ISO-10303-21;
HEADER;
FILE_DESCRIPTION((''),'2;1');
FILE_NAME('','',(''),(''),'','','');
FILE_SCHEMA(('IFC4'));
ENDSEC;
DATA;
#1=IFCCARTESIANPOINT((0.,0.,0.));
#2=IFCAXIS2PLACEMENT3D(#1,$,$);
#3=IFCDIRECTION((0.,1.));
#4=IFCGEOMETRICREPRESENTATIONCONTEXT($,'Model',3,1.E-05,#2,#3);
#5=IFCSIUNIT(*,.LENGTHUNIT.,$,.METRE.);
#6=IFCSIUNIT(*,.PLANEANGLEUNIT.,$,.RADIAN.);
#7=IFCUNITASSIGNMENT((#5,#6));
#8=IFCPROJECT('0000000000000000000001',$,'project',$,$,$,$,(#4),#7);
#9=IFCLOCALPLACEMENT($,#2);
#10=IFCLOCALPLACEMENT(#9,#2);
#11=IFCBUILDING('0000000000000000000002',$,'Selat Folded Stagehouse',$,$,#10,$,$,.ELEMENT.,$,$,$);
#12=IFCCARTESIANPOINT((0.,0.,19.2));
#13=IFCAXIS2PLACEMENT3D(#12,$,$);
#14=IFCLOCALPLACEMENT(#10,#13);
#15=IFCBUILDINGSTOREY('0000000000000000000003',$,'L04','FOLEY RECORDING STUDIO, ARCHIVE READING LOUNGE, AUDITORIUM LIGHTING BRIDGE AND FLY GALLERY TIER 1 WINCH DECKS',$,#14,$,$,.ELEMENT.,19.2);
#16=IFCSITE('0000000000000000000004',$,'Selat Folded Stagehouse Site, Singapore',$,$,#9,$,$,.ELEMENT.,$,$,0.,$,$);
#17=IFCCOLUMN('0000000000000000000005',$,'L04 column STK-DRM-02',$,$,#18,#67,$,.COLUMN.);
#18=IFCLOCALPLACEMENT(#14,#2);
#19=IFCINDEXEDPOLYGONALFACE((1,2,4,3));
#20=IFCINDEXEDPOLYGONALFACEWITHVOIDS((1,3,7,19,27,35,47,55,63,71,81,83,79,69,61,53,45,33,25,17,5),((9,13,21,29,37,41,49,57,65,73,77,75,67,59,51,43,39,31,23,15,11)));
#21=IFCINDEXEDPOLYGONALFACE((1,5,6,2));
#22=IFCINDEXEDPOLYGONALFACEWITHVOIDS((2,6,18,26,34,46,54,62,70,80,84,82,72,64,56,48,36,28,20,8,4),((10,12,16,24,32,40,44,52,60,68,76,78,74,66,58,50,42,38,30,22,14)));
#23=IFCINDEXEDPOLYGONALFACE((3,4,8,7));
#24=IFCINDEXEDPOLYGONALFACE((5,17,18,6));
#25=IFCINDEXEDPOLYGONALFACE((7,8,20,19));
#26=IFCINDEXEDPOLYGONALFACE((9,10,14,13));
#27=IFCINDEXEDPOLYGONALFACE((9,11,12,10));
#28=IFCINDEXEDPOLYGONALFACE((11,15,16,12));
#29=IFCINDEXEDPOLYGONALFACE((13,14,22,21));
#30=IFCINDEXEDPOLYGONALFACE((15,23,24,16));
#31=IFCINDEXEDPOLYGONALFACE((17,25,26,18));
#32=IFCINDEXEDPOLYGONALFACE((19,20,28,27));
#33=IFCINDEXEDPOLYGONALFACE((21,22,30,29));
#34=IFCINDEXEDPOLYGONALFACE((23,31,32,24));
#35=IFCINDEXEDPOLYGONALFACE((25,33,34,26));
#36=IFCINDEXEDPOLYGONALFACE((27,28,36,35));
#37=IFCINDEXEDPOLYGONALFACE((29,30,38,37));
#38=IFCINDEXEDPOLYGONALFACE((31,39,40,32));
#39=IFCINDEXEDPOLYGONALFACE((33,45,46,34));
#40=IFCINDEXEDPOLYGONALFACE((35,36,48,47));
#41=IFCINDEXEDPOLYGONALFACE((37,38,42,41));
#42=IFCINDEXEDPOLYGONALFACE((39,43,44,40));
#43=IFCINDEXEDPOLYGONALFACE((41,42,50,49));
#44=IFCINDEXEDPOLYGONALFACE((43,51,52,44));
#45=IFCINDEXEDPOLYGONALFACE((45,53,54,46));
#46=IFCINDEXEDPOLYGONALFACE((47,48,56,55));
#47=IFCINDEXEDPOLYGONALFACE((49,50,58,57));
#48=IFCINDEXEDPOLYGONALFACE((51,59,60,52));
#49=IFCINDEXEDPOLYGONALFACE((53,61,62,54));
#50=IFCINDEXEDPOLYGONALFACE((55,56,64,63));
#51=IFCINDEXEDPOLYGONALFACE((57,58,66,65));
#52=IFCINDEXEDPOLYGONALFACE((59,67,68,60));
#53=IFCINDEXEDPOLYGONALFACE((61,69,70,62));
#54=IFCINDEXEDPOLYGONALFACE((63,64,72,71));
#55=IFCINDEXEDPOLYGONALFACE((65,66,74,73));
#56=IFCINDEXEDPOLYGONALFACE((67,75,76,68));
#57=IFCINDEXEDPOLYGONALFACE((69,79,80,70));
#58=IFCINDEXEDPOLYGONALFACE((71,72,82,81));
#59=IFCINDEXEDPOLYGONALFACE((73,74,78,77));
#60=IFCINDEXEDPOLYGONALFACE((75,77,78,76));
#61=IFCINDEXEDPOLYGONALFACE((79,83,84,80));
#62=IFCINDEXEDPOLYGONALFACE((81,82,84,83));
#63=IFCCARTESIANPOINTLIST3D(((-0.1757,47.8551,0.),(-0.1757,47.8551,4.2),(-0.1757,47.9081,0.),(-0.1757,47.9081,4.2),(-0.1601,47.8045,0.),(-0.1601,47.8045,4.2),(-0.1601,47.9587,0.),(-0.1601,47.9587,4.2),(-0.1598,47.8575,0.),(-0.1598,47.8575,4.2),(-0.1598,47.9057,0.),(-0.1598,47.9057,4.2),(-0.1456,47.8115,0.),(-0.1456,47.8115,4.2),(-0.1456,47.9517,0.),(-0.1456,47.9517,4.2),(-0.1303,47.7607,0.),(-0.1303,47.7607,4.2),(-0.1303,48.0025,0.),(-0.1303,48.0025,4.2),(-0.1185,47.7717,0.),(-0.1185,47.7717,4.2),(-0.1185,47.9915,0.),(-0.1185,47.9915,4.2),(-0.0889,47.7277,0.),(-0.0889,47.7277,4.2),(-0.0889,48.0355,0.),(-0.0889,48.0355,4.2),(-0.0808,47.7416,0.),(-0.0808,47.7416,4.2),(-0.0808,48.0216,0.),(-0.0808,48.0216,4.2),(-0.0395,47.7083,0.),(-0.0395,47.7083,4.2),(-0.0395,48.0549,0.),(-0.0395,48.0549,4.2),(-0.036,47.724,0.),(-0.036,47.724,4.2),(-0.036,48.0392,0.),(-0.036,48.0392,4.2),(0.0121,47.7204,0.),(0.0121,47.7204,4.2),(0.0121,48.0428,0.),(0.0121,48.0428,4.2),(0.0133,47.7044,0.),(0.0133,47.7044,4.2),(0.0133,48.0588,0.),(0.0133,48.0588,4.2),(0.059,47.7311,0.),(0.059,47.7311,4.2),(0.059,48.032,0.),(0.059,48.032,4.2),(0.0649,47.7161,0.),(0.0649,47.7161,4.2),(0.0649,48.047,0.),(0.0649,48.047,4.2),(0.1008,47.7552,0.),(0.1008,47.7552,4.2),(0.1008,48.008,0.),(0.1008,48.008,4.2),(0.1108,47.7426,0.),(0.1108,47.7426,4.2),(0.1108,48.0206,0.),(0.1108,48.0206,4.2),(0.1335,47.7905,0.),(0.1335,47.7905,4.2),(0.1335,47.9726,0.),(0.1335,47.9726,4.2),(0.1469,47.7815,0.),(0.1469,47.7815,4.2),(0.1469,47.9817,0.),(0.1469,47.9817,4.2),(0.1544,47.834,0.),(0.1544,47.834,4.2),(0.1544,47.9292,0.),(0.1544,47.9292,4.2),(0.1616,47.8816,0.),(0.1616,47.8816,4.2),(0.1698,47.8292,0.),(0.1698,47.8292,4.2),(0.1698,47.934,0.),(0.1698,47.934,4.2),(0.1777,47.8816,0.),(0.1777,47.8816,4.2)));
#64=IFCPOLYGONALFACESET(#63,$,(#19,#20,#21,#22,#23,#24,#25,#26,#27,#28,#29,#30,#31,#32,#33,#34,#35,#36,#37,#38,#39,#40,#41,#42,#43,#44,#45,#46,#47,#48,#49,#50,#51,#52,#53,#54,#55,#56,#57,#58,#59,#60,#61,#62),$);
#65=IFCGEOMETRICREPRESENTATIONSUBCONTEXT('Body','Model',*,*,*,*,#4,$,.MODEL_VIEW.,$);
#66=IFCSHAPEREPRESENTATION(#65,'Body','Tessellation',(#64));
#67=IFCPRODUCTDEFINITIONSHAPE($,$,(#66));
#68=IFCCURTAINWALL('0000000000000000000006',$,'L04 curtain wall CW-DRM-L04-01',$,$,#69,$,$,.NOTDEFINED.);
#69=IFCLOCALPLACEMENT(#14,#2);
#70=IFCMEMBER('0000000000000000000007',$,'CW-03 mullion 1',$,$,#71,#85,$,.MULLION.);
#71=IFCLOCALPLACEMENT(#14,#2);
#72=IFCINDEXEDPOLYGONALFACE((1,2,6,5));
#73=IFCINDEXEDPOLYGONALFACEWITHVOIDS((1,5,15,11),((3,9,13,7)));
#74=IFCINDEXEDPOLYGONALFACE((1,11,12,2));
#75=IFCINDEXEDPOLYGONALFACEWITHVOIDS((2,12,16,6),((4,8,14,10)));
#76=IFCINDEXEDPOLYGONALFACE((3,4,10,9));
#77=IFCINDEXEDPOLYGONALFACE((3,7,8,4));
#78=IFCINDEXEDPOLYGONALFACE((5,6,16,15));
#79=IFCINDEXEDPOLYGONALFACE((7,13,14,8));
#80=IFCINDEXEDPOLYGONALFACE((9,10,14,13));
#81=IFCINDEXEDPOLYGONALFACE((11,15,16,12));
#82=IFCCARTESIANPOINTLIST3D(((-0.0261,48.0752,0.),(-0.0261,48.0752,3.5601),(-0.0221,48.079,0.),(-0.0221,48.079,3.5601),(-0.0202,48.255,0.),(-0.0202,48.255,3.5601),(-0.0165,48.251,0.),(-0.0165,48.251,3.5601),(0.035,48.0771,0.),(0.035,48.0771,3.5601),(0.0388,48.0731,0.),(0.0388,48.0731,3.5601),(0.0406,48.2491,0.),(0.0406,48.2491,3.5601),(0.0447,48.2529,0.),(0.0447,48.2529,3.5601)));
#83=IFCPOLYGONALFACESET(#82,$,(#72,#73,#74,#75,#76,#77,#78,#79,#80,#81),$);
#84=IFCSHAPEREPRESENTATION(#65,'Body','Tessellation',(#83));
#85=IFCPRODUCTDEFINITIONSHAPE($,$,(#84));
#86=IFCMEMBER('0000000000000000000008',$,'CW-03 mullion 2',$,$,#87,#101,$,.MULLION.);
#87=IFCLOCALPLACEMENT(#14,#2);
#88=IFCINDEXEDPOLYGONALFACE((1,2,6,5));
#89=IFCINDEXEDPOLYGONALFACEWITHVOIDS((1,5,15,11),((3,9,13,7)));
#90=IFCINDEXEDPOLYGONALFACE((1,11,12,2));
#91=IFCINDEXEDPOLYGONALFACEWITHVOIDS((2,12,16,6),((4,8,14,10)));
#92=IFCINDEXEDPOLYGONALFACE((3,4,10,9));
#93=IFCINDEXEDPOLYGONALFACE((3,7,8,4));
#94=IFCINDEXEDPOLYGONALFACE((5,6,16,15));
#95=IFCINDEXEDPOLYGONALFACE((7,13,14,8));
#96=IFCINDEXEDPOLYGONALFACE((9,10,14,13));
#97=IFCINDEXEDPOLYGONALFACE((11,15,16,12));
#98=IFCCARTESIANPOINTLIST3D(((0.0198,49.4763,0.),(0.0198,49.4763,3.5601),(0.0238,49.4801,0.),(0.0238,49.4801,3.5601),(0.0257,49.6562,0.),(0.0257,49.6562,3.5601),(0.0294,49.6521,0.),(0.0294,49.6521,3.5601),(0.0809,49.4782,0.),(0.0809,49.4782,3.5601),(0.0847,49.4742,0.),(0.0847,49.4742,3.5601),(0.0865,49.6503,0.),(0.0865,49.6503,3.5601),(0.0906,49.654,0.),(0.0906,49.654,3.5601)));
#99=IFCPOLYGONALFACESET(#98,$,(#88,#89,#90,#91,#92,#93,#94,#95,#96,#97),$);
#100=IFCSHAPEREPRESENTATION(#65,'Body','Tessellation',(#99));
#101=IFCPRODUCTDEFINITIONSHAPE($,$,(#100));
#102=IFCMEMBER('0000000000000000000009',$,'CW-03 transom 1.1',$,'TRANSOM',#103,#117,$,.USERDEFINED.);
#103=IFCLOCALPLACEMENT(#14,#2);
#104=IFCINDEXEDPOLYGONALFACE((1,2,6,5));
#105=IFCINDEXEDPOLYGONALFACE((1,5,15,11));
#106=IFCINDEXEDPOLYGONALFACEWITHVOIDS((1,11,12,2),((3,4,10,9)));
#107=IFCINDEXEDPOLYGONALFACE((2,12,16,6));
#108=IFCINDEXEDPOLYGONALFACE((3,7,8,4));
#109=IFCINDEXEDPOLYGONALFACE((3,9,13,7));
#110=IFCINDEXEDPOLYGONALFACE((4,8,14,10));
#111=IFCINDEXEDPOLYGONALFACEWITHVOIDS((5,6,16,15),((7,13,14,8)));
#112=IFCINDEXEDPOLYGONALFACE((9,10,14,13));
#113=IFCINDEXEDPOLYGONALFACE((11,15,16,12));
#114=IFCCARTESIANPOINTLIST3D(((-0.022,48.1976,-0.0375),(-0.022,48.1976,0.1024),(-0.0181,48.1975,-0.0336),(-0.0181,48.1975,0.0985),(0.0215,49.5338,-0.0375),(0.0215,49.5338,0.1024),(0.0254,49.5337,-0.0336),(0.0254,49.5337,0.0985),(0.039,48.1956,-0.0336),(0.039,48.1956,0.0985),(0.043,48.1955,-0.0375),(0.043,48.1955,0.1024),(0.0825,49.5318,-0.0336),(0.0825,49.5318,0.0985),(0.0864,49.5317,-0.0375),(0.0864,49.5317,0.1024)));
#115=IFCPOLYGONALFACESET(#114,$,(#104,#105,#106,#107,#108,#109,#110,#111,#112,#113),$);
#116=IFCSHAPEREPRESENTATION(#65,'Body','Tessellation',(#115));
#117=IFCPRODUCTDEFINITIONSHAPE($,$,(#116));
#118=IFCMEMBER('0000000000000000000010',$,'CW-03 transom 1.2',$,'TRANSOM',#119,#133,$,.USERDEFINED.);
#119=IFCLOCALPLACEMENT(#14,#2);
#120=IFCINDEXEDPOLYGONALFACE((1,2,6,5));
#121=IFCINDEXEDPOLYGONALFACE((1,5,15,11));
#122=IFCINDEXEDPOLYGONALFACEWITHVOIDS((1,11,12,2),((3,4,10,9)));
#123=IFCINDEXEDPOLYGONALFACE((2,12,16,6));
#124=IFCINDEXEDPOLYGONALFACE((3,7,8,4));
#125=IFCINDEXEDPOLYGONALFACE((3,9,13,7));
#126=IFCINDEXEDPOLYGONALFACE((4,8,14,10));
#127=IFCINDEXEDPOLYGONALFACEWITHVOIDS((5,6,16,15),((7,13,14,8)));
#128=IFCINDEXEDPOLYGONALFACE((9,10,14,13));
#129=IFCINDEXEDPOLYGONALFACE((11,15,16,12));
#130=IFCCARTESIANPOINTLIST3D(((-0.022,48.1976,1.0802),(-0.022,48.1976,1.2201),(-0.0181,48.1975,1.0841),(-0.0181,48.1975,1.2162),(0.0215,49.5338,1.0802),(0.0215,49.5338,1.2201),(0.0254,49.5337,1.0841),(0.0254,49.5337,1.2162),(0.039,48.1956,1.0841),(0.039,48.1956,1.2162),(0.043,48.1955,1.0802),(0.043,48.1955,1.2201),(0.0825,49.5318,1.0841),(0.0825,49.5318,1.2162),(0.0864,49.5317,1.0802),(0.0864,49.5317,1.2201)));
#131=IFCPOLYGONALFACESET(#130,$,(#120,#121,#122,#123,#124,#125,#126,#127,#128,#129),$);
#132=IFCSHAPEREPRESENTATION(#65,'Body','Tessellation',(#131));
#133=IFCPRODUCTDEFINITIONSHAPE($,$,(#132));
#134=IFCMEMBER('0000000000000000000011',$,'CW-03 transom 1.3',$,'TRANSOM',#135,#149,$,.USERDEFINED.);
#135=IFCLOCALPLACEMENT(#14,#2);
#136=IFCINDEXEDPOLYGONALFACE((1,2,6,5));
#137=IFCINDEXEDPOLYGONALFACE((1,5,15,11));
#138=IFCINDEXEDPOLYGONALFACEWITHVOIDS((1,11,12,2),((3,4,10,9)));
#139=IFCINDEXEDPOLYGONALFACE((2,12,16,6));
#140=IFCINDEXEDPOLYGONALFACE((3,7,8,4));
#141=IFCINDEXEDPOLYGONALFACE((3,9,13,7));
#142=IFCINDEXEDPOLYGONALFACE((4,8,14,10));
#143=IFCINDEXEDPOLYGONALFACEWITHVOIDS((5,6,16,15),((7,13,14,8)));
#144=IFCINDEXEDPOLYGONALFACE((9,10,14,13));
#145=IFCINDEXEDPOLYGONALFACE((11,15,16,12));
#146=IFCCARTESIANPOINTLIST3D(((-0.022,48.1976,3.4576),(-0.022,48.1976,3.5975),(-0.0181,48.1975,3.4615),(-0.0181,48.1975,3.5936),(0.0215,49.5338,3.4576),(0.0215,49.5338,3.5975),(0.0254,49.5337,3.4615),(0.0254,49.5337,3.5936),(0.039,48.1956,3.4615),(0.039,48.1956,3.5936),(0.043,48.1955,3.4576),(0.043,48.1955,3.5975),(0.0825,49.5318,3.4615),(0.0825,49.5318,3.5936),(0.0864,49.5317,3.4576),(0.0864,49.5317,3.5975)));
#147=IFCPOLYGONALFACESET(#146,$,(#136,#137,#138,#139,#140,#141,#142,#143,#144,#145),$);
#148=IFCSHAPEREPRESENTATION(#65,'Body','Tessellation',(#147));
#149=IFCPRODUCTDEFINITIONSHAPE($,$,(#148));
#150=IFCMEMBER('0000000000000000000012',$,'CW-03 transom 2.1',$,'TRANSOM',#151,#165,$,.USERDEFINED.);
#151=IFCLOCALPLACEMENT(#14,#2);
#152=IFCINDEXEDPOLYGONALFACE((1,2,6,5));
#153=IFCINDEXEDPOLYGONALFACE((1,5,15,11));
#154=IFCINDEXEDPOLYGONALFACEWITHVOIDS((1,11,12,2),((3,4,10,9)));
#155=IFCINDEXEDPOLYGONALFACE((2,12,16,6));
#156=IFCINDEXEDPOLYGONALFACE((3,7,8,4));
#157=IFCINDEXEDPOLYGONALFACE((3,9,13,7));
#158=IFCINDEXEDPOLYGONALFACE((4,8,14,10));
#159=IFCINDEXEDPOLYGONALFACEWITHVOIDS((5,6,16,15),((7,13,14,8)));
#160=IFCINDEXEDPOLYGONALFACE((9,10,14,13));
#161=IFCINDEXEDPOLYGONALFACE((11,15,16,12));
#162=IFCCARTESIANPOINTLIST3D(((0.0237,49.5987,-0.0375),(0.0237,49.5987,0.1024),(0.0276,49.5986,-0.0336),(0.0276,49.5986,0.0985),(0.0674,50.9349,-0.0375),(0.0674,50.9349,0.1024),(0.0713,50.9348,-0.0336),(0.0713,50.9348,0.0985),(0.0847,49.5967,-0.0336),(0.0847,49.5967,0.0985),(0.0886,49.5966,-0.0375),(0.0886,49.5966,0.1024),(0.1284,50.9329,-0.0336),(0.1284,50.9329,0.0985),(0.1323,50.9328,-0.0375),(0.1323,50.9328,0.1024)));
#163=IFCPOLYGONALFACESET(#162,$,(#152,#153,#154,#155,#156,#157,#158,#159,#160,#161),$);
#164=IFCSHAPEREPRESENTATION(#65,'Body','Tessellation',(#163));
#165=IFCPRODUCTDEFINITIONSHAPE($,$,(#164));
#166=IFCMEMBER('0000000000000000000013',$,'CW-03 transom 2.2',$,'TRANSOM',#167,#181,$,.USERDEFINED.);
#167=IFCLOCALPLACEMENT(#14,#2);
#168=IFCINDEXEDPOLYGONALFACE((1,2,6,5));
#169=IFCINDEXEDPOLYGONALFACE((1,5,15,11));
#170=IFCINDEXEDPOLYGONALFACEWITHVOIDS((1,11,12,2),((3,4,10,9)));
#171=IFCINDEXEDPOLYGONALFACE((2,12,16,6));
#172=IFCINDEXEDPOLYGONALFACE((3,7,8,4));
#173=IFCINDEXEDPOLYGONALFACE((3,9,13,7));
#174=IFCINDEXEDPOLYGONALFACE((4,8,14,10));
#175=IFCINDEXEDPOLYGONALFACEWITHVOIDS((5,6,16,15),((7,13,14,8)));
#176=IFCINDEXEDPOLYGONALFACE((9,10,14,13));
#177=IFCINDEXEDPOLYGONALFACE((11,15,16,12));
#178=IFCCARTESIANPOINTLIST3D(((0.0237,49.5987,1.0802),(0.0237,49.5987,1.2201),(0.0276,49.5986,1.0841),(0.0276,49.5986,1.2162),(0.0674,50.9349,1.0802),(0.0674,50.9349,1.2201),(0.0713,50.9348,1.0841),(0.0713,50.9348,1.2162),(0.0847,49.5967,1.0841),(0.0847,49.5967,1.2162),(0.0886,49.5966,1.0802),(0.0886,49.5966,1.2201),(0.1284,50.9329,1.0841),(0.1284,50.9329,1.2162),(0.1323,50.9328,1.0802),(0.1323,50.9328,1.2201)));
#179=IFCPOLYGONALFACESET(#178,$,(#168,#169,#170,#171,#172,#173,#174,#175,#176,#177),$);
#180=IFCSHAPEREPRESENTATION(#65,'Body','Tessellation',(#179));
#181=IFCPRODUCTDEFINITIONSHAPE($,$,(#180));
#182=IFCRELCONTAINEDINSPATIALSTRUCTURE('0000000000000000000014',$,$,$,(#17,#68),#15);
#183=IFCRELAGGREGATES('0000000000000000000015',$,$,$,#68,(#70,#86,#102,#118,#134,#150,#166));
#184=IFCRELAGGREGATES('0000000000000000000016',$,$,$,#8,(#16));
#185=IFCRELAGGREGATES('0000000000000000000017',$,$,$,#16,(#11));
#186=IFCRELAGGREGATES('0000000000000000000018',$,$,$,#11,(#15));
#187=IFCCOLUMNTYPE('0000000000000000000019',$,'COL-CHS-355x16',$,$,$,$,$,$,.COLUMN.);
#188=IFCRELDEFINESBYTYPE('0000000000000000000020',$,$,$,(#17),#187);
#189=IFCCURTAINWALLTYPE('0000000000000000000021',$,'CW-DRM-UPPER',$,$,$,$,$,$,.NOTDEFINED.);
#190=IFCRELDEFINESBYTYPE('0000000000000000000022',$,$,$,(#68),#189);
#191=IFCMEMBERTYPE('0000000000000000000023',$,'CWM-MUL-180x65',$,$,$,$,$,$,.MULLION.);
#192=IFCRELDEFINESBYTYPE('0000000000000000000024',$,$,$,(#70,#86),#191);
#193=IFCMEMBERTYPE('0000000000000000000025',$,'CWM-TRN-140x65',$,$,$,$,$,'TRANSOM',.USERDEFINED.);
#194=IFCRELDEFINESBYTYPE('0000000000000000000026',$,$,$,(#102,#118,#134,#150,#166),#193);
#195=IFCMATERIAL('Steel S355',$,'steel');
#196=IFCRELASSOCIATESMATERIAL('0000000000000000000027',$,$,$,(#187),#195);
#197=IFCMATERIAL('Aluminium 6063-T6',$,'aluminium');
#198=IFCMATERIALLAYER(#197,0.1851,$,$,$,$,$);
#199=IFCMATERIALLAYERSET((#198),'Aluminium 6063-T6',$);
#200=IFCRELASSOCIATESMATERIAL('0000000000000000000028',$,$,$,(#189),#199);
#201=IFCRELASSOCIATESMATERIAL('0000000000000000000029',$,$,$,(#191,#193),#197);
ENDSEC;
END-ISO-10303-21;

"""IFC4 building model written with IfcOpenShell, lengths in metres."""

from ifc_helpers import new_model, si_unit, direction, frame, origin, origin_2d, place, context, subcontext, project, spatial, hollow_rectangle, hollow_circle, extrude, material, layer, layer_set, material_profile, profile_set, type_object, element, aggregate, save


model = new_model("IFC4")

# Units and contexts
model_context = context("Model", 3, precision=1e-05, world=origin(), true_north=direction((0.0, 1.0)))
body_context = subcontext(model_context, "Body", "Model", "MODEL_VIEW")
ifc_project = project(units=[si_unit("LENGTHUNIT", "METRE"), si_unit("PLANEANGLEUNIT", "RADIAN")], contexts=[model_context])

# Site, building, storey
site_placement = place(None, origin())
site = spatial("IfcSite", under=ifc_project, at=site_placement, Name="Selat Folded Stagehouse Site, Singapore", CompositionType="ELEMENT", RefElevation=0.0)
building_placement = place(site_placement, origin())
building = spatial("IfcBuilding", under=site, at=building_placement, Name="Selat Folded Stagehouse", CompositionType="ELEMENT")
storey_placement = place(building_placement, frame((0.0, 0.0, 19.2)))
storey = spatial("IfcBuildingStorey", under=building, at=storey_placement, Name="L04", Description="FOLEY RECORDING STUDIO, ARCHIVE READING LOUNGE, AUDITORIUM LIGHTING BRIDGE AND FLY GALLERY TIER 1 WINCH DECKS", CompositionType="ELEMENT", Elevation=19.2)

# Column
ifc_material_1 = material(Name="Steel S355", Category="steel")
ifc_material_profile_1 = material_profile(ifc_material_1, hollow_circle(Radius=0.1777, WallThickness=0.0161, at=origin_2d()), Name="CHS 355.6x16.0")
ifc_profile_set_1 = profile_set([ifc_material_profile_1], Name="Steel S355")
column_type = type_object("IfcColumnType", Name="COL-CHS-355x16", PredefinedType="COLUMN", material=ifc_profile_set_1)
column_placement = place(storey_placement, frame((0.0, 47.8816, 0.0), z_axis=(0.0, 0.0, 1.0), x_axis=(1.0, 0.0, 0.0)))
element("IfcColumn", 1, at=column_placement, inside=storey, type_object=column_type, Name="L04 column STK-DRM-02", PredefinedType="COLUMN", context=body_context, shape_type="SweptSolid", body=[
    extrude(hollow_circle(Radius=0.1777, WallThickness=0.0161, at=origin_2d()), origin(), (0.0, 0.0, 1.0), 4.2),
])

# Curtain wall, members
ifc_material_2 = material(Name="Aluminium 6063-T6", Category="aluminium")
ifc_layer_1 = layer(ifc_material_2, 0.1851)
ifc_layer_set_1 = layer_set([ifc_layer_1], Name="Aluminium 6063-T6")
curtain_wall_type = type_object("IfcCurtainWallType", Name="CW-DRM-UPPER", PredefinedType="NOTDEFINED", material=ifc_layer_set_1)
curtain_wall_placement = place(storey_placement, origin())
curtain_wall = element("IfcCurtainWall", 2, at=curtain_wall_placement, inside=storey, type_object=curtain_wall_type, Name="L04 curtain wall CW-DRM-L04-01", PredefinedType="NOTDEFINED")
ifc_material_profile_2 = material_profile(ifc_material_2, hollow_rectangle(XDim=0.0649, YDim=0.1799, WallThickness=0.0039, at=origin_2d()), Name="ALU 180x65x4.0")
ifc_profile_set_2 = profile_set([ifc_material_profile_2], Name="Aluminium 6063-T6")
member_type_1 = type_object("IfcMemberType", Name="CWM-MUL-180x65", PredefinedType="MULLION", material=ifc_profile_set_2)
member_1_placement = place(storey_placement, frame((0.0093, 48.1641, 0.0), z_axis=(0.0, 0.0, 1.0), x_axis=(-0.999468, 0.032625, 0.0)))
member_1 = element("IfcMember", 3, at=member_1_placement, type_object=member_type_1, Name="CW-03 mullion 1", PredefinedType="MULLION", context=body_context, shape_type="SweptSolid", body=[
    extrude(hollow_rectangle(XDim=0.0649, YDim=0.1799, WallThickness=0.0039, at=origin_2d()), origin(), (0.0, 0.0, 1.0), 3.5601),
])
member_2_placement = place(storey_placement, frame((0.0552, 49.5652, 0.0), z_axis=(0.0, 0.0, 1.0), x_axis=(-0.999468, 0.032625, 0.0)))
member_2 = element("IfcMember", 4, at=member_2_placement, type_object=member_type_1, Name="CW-03 mullion 2", PredefinedType="MULLION", context=body_context, shape_type="SweptSolid", body=[
    extrude(hollow_rectangle(XDim=0.0649, YDim=0.1799, WallThickness=0.0039, at=origin_2d()), origin(), (0.0, 0.0, 1.0), 3.5601),
])
ifc_material_profile_3 = material_profile(ifc_material_2, hollow_rectangle(XDim=0.0649, YDim=0.1399, WallThickness=0.0039, at=origin_2d()), Name="ALU 140x65x4.0")
ifc_profile_set_3 = profile_set([ifc_material_profile_3], Name="Aluminium 6063-T6")
member_type_2 = type_object("IfcMemberType", Name="CWM-TRN-140x65", ElementType="TRANSOM", PredefinedType="USERDEFINED", material=ifc_profile_set_3)
member_3_placement = place(storey_placement, frame((0.0105, 48.1965, 0.0325), z_axis=(0.032506, 0.999472, 0.0), x_axis=(-0.999472, 0.032506, 0.0)))
member_3 = element("IfcMember", 5, at=member_3_placement, type_object=member_type_2, Name="CW-03 transom 1.1", ObjectType="TRANSOM", PredefinedType="USERDEFINED", context=body_context, shape_type="SweptSolid", body=[
    extrude(hollow_rectangle(XDim=0.0649, YDim=0.1399, WallThickness=0.0039, at=origin_2d()), origin(), (0.0, 0.0, 1.0), 1.3369),
])
member_4_placement = place(storey_placement, frame((0.0105, 48.1965, 1.1501), z_axis=(0.032506, 0.999472, 0.0), x_axis=(-0.999472, 0.032506, 0.0)))
member_4 = element("IfcMember", 6, at=member_4_placement, type_object=member_type_2, Name="CW-03 transom 1.2", ObjectType="TRANSOM", PredefinedType="USERDEFINED", context=body_context, shape_type="SweptSolid", body=[
    extrude(hollow_rectangle(XDim=0.0649, YDim=0.1399, WallThickness=0.0039, at=origin_2d()), origin(), (0.0, 0.0, 1.0), 1.3369),
])
member_5_placement = place(storey_placement, frame((0.0105, 48.1965, 3.5276), z_axis=(0.032506, 0.999472, 0.0), x_axis=(-0.999472, 0.032506, 0.0)))
member_5 = element("IfcMember", 7, at=member_5_placement, type_object=member_type_2, Name="CW-03 transom 1.3", ObjectType="TRANSOM", PredefinedType="USERDEFINED", context=body_context, shape_type="SweptSolid", body=[
    extrude(hollow_rectangle(XDim=0.0649, YDim=0.1399, WallThickness=0.0039, at=origin_2d()), origin(), (0.0, 0.0, 1.0), 1.3369),
])
member_6_placement = place(storey_placement, frame((0.0562, 49.5977, 0.0325), z_axis=(0.032689, 0.999466, 0.0), x_axis=(-0.999466, 0.032689, 0.0)))
member_6 = element("IfcMember", 8, at=member_6_placement, type_object=member_type_2, Name="CW-03 transom 2.1", ObjectType="TRANSOM", PredefinedType="USERDEFINED", context=body_context, shape_type="SweptSolid", body=[
    extrude(hollow_rectangle(XDim=0.0649, YDim=0.1399, WallThickness=0.0039, at=origin_2d()), origin(), (0.0, 0.0, 1.0), 1.3369),
])
member_7_placement = place(storey_placement, frame((0.0562, 49.5977, 1.1501), z_axis=(0.032689, 0.999466, 0.0), x_axis=(-0.999466, 0.032689, 0.0)))
member_7 = element("IfcMember", 9, at=member_7_placement, type_object=member_type_2, Name="CW-03 transom 2.2", ObjectType="TRANSOM", PredefinedType="USERDEFINED", context=body_context, shape_type="SweptSolid", body=[
    extrude(hollow_rectangle(XDim=0.0649, YDim=0.1399, WallThickness=0.0039, at=origin_2d()), origin(), (0.0, 0.0, 1.0), 1.3369),
])

aggregate(curtain_wall, [member_1, member_2, member_3, member_4, member_5, member_6, member_7])

save(model, "model.ifc")
